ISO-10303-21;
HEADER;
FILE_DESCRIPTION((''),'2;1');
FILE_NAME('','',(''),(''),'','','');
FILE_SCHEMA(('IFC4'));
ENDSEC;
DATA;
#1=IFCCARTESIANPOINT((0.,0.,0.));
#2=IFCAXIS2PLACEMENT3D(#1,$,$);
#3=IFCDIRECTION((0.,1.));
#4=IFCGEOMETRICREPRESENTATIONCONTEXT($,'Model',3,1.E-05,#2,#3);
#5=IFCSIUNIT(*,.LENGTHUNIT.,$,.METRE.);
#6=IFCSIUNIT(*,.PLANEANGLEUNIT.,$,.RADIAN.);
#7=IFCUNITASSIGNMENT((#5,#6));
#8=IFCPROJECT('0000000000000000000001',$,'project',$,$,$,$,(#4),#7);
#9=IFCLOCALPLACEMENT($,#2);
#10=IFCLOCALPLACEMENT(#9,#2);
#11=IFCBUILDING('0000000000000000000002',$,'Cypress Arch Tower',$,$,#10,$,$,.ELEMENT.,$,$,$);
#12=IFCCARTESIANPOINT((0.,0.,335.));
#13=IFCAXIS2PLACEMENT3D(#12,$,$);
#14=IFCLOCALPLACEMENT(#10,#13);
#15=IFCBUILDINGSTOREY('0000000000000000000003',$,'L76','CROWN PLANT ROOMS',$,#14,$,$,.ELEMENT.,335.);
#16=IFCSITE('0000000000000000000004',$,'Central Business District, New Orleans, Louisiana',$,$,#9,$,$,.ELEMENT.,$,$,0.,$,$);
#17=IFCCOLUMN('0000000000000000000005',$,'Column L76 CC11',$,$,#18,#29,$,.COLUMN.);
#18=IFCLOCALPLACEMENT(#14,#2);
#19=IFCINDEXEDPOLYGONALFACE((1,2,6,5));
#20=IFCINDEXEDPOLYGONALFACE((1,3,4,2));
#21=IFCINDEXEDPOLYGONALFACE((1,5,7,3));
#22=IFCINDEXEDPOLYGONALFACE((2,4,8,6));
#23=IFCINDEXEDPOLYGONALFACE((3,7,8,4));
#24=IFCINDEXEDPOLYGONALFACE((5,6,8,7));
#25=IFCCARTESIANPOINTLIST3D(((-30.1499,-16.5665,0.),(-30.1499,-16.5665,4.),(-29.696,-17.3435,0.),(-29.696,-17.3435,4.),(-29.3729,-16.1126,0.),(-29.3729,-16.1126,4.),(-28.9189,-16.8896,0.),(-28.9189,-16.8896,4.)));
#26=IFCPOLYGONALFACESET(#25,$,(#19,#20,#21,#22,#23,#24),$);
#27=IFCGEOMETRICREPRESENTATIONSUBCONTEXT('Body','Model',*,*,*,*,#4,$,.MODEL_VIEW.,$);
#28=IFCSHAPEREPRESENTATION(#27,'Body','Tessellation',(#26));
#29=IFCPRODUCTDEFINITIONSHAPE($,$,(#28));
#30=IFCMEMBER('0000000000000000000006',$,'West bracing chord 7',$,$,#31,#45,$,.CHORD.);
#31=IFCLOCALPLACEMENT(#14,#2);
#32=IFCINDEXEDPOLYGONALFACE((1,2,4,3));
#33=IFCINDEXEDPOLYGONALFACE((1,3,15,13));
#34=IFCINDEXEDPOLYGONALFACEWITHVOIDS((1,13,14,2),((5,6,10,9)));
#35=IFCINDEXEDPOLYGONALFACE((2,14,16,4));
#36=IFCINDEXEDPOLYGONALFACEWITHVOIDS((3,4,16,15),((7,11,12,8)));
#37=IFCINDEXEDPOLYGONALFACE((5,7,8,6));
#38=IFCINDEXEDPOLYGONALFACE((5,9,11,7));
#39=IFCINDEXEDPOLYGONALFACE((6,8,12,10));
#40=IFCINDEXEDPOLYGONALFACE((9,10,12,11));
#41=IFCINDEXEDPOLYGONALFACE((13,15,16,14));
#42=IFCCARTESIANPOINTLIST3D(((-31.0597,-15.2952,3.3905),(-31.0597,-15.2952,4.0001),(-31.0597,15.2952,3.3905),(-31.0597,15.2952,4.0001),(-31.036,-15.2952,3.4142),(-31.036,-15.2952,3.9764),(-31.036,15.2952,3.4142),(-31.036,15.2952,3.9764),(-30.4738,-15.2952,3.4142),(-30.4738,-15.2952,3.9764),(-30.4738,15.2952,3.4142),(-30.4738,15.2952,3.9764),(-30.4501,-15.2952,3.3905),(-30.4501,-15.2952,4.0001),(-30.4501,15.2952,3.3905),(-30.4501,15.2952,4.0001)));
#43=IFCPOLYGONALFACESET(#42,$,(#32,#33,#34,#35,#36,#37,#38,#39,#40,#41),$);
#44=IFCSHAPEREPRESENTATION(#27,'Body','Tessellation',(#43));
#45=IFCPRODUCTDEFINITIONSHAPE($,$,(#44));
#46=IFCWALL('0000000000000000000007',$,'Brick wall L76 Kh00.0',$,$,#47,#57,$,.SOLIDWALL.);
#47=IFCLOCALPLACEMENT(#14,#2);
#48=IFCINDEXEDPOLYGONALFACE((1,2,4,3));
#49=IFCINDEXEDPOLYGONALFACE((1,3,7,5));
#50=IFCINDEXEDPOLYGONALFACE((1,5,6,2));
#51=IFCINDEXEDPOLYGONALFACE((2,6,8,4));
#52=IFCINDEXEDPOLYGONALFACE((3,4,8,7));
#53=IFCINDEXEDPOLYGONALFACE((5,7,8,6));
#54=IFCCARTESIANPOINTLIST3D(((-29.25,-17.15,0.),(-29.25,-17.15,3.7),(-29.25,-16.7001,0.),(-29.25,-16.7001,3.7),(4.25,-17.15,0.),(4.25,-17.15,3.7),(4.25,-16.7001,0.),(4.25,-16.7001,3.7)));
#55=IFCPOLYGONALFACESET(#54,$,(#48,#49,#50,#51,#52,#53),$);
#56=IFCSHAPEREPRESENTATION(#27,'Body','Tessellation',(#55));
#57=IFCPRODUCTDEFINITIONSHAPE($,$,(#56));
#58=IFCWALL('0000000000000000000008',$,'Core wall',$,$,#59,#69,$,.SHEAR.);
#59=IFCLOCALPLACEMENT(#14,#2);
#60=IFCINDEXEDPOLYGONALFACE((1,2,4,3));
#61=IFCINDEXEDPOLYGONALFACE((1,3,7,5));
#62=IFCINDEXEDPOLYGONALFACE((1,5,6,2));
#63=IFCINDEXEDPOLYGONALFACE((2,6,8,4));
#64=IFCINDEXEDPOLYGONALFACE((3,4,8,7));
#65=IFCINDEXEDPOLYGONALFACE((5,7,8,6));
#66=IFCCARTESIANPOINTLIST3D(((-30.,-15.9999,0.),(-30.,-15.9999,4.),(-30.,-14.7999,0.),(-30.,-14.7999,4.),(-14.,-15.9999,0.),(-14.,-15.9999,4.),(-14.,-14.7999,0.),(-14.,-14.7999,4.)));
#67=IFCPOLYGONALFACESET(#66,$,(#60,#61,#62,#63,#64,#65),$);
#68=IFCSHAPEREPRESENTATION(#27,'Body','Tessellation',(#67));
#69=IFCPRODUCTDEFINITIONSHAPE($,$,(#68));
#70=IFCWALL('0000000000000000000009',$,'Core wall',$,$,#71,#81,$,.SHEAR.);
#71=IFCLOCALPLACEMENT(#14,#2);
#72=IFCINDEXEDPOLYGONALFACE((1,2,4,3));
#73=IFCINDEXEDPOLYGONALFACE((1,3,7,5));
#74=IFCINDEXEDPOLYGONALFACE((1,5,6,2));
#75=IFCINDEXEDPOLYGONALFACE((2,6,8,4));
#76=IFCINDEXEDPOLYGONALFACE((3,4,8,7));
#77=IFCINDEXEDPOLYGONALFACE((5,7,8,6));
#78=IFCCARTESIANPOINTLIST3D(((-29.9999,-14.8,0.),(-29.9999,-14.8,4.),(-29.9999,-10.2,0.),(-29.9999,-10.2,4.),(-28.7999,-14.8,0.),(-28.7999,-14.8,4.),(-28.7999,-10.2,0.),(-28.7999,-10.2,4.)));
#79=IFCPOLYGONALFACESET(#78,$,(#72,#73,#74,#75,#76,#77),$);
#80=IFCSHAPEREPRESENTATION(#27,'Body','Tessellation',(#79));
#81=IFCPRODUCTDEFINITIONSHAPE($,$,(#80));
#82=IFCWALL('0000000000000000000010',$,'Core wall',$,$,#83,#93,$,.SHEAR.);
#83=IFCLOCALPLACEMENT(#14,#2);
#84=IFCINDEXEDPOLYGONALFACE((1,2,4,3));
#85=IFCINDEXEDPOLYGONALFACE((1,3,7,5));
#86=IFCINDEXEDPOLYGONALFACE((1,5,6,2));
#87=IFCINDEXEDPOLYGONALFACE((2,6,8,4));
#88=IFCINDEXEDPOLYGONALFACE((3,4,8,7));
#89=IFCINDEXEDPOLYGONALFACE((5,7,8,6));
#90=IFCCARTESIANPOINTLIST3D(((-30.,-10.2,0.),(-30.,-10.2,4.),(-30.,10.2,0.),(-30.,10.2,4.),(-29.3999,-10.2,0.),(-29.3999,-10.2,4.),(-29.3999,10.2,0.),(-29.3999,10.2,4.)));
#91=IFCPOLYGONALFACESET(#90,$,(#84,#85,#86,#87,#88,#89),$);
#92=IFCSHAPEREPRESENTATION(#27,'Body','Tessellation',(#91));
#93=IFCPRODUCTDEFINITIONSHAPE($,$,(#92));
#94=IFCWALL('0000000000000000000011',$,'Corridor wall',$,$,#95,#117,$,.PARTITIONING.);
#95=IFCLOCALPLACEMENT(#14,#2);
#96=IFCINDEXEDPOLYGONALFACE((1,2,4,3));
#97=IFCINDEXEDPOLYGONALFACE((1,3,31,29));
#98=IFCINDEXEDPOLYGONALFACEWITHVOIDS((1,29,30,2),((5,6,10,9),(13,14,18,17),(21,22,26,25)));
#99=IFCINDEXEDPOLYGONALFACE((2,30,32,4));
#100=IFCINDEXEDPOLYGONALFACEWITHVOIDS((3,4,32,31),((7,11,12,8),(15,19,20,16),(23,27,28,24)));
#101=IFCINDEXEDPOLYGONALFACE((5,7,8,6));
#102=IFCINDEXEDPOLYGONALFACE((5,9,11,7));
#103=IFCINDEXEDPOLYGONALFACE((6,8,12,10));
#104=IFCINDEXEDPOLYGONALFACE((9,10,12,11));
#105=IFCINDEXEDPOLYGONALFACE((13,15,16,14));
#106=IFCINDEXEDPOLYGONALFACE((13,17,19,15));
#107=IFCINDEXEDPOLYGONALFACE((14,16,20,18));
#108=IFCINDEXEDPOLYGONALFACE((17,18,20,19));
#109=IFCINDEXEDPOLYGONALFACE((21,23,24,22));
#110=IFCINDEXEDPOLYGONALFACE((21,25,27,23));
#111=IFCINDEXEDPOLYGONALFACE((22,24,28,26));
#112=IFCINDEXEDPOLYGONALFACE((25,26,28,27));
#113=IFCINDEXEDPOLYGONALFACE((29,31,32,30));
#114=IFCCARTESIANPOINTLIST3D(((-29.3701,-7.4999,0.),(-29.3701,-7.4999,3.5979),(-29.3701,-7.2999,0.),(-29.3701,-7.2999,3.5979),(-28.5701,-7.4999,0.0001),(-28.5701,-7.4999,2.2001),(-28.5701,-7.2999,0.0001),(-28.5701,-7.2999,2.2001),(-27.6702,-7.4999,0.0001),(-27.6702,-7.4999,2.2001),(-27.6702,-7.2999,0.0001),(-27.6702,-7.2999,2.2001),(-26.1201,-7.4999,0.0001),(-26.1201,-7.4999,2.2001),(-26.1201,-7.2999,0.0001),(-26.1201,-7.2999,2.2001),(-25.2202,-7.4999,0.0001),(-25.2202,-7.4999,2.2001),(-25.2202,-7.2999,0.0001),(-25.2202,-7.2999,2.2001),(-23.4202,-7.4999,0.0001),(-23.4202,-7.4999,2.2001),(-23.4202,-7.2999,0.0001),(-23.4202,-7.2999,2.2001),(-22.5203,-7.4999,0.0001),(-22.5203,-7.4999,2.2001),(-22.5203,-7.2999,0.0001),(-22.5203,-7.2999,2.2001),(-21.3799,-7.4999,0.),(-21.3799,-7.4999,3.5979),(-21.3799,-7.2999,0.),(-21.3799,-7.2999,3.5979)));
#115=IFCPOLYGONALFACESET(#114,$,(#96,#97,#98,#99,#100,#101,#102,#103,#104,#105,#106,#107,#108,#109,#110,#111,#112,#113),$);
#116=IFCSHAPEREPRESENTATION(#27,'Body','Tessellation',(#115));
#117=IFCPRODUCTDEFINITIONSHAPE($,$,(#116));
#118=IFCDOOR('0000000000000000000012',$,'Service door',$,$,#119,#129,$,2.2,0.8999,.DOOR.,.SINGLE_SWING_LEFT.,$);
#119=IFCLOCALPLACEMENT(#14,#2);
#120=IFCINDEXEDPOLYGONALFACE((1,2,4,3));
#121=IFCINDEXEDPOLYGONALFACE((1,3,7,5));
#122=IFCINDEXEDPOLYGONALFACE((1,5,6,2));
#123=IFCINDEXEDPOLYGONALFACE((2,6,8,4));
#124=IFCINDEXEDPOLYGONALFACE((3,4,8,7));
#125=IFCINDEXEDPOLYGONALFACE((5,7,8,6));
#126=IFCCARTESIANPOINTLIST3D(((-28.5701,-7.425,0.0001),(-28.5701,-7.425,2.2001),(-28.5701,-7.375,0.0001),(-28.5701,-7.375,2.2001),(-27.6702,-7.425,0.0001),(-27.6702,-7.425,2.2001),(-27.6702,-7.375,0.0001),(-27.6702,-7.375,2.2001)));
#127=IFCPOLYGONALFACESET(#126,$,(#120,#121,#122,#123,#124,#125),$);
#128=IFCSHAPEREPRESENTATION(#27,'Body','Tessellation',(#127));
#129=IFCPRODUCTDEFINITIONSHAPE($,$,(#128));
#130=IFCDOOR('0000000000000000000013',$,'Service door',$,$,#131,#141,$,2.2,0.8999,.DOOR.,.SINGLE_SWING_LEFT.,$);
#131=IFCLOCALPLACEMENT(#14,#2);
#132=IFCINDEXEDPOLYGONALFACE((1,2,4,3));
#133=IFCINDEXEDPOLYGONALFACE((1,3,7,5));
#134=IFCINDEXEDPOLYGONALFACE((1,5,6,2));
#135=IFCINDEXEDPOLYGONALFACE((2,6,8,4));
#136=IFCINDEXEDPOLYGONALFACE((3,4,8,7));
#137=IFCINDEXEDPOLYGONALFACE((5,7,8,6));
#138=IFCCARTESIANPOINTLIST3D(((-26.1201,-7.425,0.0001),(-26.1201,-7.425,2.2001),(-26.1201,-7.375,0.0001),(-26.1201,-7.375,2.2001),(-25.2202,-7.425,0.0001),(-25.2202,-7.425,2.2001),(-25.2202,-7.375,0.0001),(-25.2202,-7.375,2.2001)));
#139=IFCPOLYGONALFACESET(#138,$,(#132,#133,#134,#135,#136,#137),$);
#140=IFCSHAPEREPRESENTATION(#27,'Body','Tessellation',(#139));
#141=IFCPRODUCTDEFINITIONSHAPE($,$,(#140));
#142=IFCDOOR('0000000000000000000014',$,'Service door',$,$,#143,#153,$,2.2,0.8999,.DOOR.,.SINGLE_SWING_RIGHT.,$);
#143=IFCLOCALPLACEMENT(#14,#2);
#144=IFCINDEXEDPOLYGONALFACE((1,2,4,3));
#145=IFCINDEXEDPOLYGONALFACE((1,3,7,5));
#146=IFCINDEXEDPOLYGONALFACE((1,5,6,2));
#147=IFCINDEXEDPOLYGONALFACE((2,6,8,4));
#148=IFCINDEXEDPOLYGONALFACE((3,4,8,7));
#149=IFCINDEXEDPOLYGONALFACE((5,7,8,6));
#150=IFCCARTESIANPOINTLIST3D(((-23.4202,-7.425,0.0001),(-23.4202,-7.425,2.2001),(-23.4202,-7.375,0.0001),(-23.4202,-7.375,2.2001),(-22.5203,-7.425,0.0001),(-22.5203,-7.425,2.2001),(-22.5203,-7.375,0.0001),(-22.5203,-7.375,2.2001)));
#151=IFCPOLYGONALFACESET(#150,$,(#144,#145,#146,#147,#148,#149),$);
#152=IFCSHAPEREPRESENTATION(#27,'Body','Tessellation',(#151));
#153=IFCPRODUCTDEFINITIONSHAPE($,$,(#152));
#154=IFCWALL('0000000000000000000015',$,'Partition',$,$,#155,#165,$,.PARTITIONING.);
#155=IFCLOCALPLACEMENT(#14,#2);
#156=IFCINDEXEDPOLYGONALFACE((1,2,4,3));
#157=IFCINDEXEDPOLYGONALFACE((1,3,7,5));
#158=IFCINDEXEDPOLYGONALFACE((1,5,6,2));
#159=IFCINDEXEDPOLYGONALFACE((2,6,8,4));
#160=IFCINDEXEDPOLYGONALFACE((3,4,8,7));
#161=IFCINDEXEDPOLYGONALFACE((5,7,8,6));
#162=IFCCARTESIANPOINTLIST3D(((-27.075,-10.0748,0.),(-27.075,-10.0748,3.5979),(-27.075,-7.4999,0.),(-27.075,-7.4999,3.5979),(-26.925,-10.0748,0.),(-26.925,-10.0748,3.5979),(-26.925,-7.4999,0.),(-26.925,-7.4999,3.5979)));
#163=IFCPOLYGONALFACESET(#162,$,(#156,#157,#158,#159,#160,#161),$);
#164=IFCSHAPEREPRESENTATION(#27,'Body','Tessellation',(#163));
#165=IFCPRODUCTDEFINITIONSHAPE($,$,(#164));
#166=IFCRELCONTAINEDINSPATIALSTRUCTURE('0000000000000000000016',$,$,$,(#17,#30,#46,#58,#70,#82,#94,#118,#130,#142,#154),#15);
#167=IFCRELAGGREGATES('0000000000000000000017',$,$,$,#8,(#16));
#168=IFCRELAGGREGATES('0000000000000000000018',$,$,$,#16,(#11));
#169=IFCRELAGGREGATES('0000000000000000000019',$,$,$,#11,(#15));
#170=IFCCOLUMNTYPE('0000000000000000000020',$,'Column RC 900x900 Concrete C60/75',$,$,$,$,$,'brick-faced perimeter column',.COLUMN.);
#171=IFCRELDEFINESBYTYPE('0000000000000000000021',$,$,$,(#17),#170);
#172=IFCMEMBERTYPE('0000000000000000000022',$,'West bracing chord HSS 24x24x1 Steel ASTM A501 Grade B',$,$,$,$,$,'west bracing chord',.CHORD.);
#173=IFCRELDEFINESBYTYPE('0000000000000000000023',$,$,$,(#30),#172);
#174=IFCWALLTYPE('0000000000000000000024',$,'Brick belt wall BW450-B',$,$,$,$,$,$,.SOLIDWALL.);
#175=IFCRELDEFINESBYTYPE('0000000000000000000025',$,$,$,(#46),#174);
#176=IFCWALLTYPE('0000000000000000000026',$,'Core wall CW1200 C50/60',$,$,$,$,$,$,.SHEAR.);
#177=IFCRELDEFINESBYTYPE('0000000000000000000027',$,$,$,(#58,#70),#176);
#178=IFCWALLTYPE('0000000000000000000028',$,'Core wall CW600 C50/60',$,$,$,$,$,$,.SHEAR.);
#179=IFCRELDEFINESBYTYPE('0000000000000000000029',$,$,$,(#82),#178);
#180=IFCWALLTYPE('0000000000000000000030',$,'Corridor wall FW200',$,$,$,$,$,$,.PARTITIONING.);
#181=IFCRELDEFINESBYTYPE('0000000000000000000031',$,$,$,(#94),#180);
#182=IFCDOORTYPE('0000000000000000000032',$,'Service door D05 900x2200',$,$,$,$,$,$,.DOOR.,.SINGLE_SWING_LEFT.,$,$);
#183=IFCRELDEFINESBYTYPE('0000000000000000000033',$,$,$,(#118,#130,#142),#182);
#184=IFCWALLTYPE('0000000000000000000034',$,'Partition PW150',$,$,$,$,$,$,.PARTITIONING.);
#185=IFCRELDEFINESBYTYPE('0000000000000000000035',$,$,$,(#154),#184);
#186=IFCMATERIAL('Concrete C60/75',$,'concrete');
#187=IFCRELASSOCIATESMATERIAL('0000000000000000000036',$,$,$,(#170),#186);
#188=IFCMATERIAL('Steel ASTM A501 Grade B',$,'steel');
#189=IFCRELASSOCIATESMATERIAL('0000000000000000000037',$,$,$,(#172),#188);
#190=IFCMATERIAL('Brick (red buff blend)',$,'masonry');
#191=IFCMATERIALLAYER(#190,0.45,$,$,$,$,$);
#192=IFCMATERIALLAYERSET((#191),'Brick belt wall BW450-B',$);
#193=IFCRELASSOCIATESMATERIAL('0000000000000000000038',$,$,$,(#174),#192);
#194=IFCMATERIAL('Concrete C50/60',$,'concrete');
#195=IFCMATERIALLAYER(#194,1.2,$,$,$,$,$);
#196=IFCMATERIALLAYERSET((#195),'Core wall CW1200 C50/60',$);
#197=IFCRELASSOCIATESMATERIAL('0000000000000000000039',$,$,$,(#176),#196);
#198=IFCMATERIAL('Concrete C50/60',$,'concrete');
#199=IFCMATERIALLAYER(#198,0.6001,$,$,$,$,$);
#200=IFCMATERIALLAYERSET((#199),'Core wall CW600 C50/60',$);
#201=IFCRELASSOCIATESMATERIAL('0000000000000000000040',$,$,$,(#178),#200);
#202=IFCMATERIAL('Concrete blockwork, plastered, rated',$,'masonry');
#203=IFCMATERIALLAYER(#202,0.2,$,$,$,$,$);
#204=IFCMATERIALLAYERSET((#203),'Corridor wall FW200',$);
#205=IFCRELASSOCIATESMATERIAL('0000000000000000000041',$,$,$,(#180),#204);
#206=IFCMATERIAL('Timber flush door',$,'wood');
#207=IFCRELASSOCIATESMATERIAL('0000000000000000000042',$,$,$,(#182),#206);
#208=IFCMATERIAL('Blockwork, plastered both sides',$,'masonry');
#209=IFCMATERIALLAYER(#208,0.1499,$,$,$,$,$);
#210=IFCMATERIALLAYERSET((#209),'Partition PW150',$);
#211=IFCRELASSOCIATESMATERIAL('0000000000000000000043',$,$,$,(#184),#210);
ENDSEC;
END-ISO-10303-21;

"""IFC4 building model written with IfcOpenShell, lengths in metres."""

from ifc_helpers import new_model, si_unit, direction, frame, frame_2d, origin, origin_2d, place, context, subcontext, project, spatial, rectangle, hollow_rectangle, extrude, material, layer, layer_set, material_profile, profile_set, type_object, element, fill, save


model = new_model("IFC4")

# Units and contexts
model_context = context("Model", 3, precision=1e-05, world=origin(), true_north=direction((0.0, 1.0)))
body_context = subcontext(model_context, "Body", "Model", "MODEL_VIEW")
ifc_project = project(units=[si_unit("LENGTHUNIT", "METRE"), si_unit("PLANEANGLEUNIT", "RADIAN")], contexts=[model_context])

# Site, building, storey
site_placement = place(None, origin())
site = spatial("IfcSite", under=ifc_project, at=site_placement, Name="Central Business District, New Orleans, Louisiana", CompositionType="ELEMENT", RefElevation=0.0)
building_placement = place(site_placement, origin())
building = spatial("IfcBuilding", under=site, at=building_placement, Name="Cypress Arch Tower", CompositionType="ELEMENT")
storey_placement = place(building_placement, frame((0.0, 0.0, 335.0)))
storey = spatial("IfcBuildingStorey", under=building, at=storey_placement, Name="L76", Description="CROWN PLANT ROOMS", CompositionType="ELEMENT", Elevation=335.0)

# Column
ifc_material_1 = material(Name="Concrete C60/75", Category="concrete")
ifc_material_profile_1 = material_profile(ifc_material_1, rectangle(XDim=0.8999, YDim=0.8999, at=origin_2d()), Name="RC 900x900")
ifc_profile_set_1 = profile_set([ifc_material_profile_1], Name="Concrete C60/75")
column_type = type_object("IfcColumnType", Name="Column RC 900x900 Concrete C60/75", ElementType="brick-faced perimeter column", PredefinedType="COLUMN", material=ifc_profile_set_1)
column_placement = place(storey_placement, frame((-29.5344, -16.728, 0.0), z_axis=(0.0, 0.0, 1.0), x_axis=(0.504399, -0.863471, 0.0)))
element("IfcColumn", 1, at=column_placement, inside=storey, type_object=column_type, Name="Column L76 CC11", PredefinedType="COLUMN", context=body_context, shape_type="SweptSolid", body=[
    extrude(rectangle(XDim=0.8999, YDim=0.8999, at=origin_2d()), origin(), (0.0, 0.0, 1.0), 4.0),
])

# Member
ifc_material_2 = material(Name="Steel ASTM A501 Grade B", Category="steel")
ifc_material_profile_2 = material_profile(ifc_material_2, hollow_rectangle(XDim=0.6096, YDim=0.6096, WallThickness=0.0237, at=origin_2d()), Name="HSS 24x24x1")
ifc_profile_set_2 = profile_set([ifc_material_profile_2], Name="Steel ASTM A501 Grade B")
member_type = type_object("IfcMemberType", Name="West bracing chord HSS 24x24x1 Steel ASTM A501 Grade B", ElementType="west bracing chord", PredefinedType="CHORD", material=ifc_profile_set_2)
member_placement = place(storey_placement, frame((-30.7549, -15.2952, 3.6953), z_axis=(0.0, 1.0, 0.0), x_axis=(-1.0, 0.0, 0.0)))
element("IfcMember", 2, at=member_placement, inside=storey, type_object=member_type, Name="West bracing chord 7", PredefinedType="CHORD", context=body_context, shape_type="SweptSolid", body=[
    extrude(hollow_rectangle(XDim=0.6096, YDim=0.6096, WallThickness=0.0237, at=origin_2d()), origin(), (0.0, 0.0, 1.0), 30.5903),
])

# Walls
ifc_material_3 = material(Name="Brick (red buff blend)", Category="masonry")
ifc_layer_1 = layer(ifc_material_3, 0.45)
ifc_layer_set_1 = layer_set([ifc_layer_1], Name="Brick belt wall BW450-B")
wall_type_1 = type_object("IfcWallType", Name="Brick belt wall BW450-B", PredefinedType="SOLIDWALL", material=ifc_layer_set_1)
wall_1_placement = place(storey_placement, frame((-29.25, -16.925, 0.0), z_axis=(0.0, 0.0, 1.0), x_axis=(1.0, 0.0, 0.0)))
element("IfcWall", 3, at=wall_1_placement, inside=storey, type_object=wall_type_1, Name="Brick wall L76 Kh00.0", PredefinedType="SOLIDWALL", context=body_context, shape_type="SweptSolid", body=[
    extrude(rectangle(XDim=33.5, YDim=0.45, at=frame_2d((16.75, 0.0))), origin(), (0.0, 0.0, 1.0), 3.7),
])
ifc_material_4 = material(Name="Concrete C50/60", Category="concrete")
ifc_layer_2 = layer(ifc_material_4, 1.2)
ifc_layer_set_2 = layer_set([ifc_layer_2], Name="Core wall CW1200 C50/60")
wall_type_2 = type_object("IfcWallType", Name="Core wall CW1200 C50/60", PredefinedType="SHEAR", material=ifc_layer_set_2)
wall_2_placement = place(storey_placement, frame((-30.0, -15.3999, 0.0), z_axis=(0.0, 0.0, 1.0), x_axis=(1.0, 0.0, 0.0)))
element("IfcWall", 4, at=wall_2_placement, inside=storey, type_object=wall_type_2, Name="Core wall", PredefinedType="SHEAR", context=body_context, shape_type="SweptSolid", body=[
    extrude(rectangle(XDim=16.0, YDim=1.2, at=frame_2d((8.0, 0.0))), origin(), (0.0, 0.0, 1.0), 4.0),
])
wall_3_placement = place(storey_placement, frame((-29.3999, -14.8, 0.0), z_axis=(0.0, 0.0, 1.0), x_axis=(0.0, 1.0, 0.0)))
element("IfcWall", 5, at=wall_3_placement, inside=storey, type_object=wall_type_2, Name="Core wall", PredefinedType="SHEAR", context=body_context, shape_type="SweptSolid", body=[
    extrude(rectangle(XDim=4.6001, YDim=1.2, at=frame_2d((2.3, 0.0))), origin(), (0.0, 0.0, 1.0), 4.0),
])
ifc_material_5 = material(Name="Concrete C50/60", Category="concrete")
ifc_layer_3 = layer(ifc_material_5, 0.6001)
ifc_layer_set_3 = layer_set([ifc_layer_3], Name="Core wall CW600 C50/60")
wall_type_3 = type_object("IfcWallType", Name="Core wall CW600 C50/60", PredefinedType="SHEAR", material=ifc_layer_set_3)
wall_4_placement = place(storey_placement, frame((-29.7, -10.2, 0.0), z_axis=(0.0, 0.0, 1.0), x_axis=(0.0, 1.0, 0.0)))
element("IfcWall", 6, at=wall_4_placement, inside=storey, type_object=wall_type_3, Name="Core wall", PredefinedType="SHEAR", context=body_context, shape_type="SweptSolid", body=[
    extrude(rectangle(XDim=20.3999, YDim=0.6001, at=frame_2d((10.2, 0.0))), origin(), (0.0, 0.0, 1.0), 4.0),
])

# Wall, openings, doors
ifc_material_6 = material(Name="Concrete blockwork, plastered, rated", Category="masonry")
ifc_layer_4 = layer(ifc_material_6, 0.2)
ifc_layer_set_4 = layer_set([ifc_layer_4], Name="Corridor wall FW200")
wall_type_4 = type_object("IfcWallType", Name="Corridor wall FW200", PredefinedType="PARTITIONING", material=ifc_layer_set_4)
wall_5_placement = place(storey_placement, frame((-29.3701, -7.3999, 0.0), z_axis=(0.0, 0.0, 1.0), x_axis=(1.0, 0.0, 0.0)))
wall_5 = element("IfcWall", 7, at=wall_5_placement, inside=storey, type_object=wall_type_4, Name="Corridor wall", PredefinedType="PARTITIONING", context=body_context, shape_type="SweptSolid", body=[
    extrude(rectangle(XDim=7.9902, YDim=0.2, at=frame_2d((3.9951, 0.0))), origin(), (0.0, 0.0, 1.0), 3.5979),
])
opening_1_placement = place(wall_5_placement, frame((0.8, 0.0, 0.0)))
opening_1 = element("IfcOpeningElement", 8, at=opening_1_placement, cuts=wall_5, PredefinedType="OPENING", context=body_context, shape_type="SweptSolid", body=[
    extrude(rectangle(XDim=0.8999, YDim=2.2, at=frame_2d((0.45, 1.1001))), frame((0.0, 0.1099, 0.0), z_axis=(0.0, -1.0, 0.0), x_axis=(1.0, 0.0, 0.0)), (0.0, 0.0, 1.0), 0.22),
])
opening_2_placement = place(wall_5_placement, frame((3.25, 0.0, 0.0)))
opening_2 = element("IfcOpeningElement", 9, at=opening_2_placement, cuts=wall_5, PredefinedType="OPENING", context=body_context, shape_type="SweptSolid", body=[
    extrude(rectangle(XDim=0.8999, YDim=2.2, at=frame_2d((0.45, 1.1001))), frame((0.0, 0.1099, 0.0), z_axis=(0.0, -1.0, 0.0), x_axis=(1.0, 0.0, 0.0)), (0.0, 0.0, 1.0), 0.22),
])
opening_3_placement = place(wall_5_placement, frame((5.95, 0.0, 0.0)))
opening_3 = element("IfcOpeningElement", 10, at=opening_3_placement, cuts=wall_5, PredefinedType="OPENING", context=body_context, shape_type="SweptSolid", body=[
    extrude(rectangle(XDim=0.8999, YDim=2.2, at=frame_2d((0.45, 1.1001))), frame((0.0, 0.1099, 0.0), z_axis=(0.0, -1.0, 0.0), x_axis=(1.0, 0.0, 0.0)), (0.0, 0.0, 1.0), 0.22),
])
ifc_material_7 = material(Name="Timber flush door", Category="wood")
door_type = type_object("IfcDoorType", Name="Service door D05 900x2200", OperationType="SINGLE_SWING_LEFT", PredefinedType="DOOR", material=ifc_material_7)
door_1_placement = place(opening_1_placement, origin())
door_1 = element("IfcDoor", 11, at=door_1_placement, inside=storey, type_object=door_type, Name="Service door", OperationType="SINGLE_SWING_LEFT", OverallHeight=2.2, OverallWidth=0.8999, PredefinedType="DOOR", context=body_context, shape_type="SweptSolid", body=[
    extrude(rectangle(XDim=0.8999, YDim=2.2, at=frame_2d((0.45, 1.1001))), frame((0.0, 0.0249, 0.0), z_axis=(0.0, -1.0, 0.0), x_axis=(1.0, 0.0, 0.0)), (0.0, 0.0, 1.0), 0.05),
])
fill(opening_1, door_1)
door_2_placement = place(opening_2_placement, origin())
door_2 = element("IfcDoor", 12, at=door_2_placement, inside=storey, type_object=door_type, Name="Service door", OperationType="SINGLE_SWING_LEFT", OverallHeight=2.2, OverallWidth=0.8999, PredefinedType="DOOR", context=body_context, shape_type="SweptSolid", body=[
    extrude(rectangle(XDim=0.8999, YDim=2.2, at=frame_2d((0.45, 1.1001))), frame((0.0, 0.0249, 0.0), z_axis=(0.0, -1.0, 0.0), x_axis=(1.0, 0.0, 0.0)), (0.0, 0.0, 1.0), 0.05),
])
fill(opening_2, door_2)
door_3_placement = place(opening_3_placement, origin())
door_3 = element("IfcDoor", 13, at=door_3_placement, inside=storey, type_object=door_type, Name="Service door", OperationType="SINGLE_SWING_RIGHT", OverallHeight=2.2, OverallWidth=0.8999, PredefinedType="DOOR", context=body_context, shape_type="SweptSolid", body=[
    extrude(rectangle(XDim=0.8999, YDim=2.2, at=frame_2d((0.45, 1.1001))), frame((0.0, 0.0249, 0.0), z_axis=(0.0, -1.0, 0.0), x_axis=(1.0, 0.0, 0.0)), (0.0, 0.0, 1.0), 0.05),
])
fill(opening_3, door_3)

# Wall
ifc_material_8 = material(Name="Blockwork, plastered both sides", Category="masonry")
ifc_layer_5 = layer(ifc_material_8, 0.1499)
ifc_layer_set_5 = layer_set([ifc_layer_5], Name="Partition PW150")
wall_type_5 = type_object("IfcWallType", Name="Partition PW150", PredefinedType="PARTITIONING", material=ifc_layer_set_5)
for number, where, z_axis, x_axis, name in (
    (14, (-27.0, -10.075, 0.0), (0.0, 0.0, 1.0), (0.0, 1.0, 0.0), "Partition"),
):
    element("IfcWall", number, at=place(storey_placement, frame(where, z_axis=z_axis, x_axis=x_axis)), inside=storey, type_object=wall_type_5, Name=name, PredefinedType="PARTITIONING", context=body_context, shape_type="SweptSolid", body=[
        extrude(rectangle(XDim=2.575, YDim=0.1499, at=frame_2d((1.2876, 0.0))), origin(), (0.0, 0.0, 1.0), 3.5979),
    ])

save(model, "model.ifc")
